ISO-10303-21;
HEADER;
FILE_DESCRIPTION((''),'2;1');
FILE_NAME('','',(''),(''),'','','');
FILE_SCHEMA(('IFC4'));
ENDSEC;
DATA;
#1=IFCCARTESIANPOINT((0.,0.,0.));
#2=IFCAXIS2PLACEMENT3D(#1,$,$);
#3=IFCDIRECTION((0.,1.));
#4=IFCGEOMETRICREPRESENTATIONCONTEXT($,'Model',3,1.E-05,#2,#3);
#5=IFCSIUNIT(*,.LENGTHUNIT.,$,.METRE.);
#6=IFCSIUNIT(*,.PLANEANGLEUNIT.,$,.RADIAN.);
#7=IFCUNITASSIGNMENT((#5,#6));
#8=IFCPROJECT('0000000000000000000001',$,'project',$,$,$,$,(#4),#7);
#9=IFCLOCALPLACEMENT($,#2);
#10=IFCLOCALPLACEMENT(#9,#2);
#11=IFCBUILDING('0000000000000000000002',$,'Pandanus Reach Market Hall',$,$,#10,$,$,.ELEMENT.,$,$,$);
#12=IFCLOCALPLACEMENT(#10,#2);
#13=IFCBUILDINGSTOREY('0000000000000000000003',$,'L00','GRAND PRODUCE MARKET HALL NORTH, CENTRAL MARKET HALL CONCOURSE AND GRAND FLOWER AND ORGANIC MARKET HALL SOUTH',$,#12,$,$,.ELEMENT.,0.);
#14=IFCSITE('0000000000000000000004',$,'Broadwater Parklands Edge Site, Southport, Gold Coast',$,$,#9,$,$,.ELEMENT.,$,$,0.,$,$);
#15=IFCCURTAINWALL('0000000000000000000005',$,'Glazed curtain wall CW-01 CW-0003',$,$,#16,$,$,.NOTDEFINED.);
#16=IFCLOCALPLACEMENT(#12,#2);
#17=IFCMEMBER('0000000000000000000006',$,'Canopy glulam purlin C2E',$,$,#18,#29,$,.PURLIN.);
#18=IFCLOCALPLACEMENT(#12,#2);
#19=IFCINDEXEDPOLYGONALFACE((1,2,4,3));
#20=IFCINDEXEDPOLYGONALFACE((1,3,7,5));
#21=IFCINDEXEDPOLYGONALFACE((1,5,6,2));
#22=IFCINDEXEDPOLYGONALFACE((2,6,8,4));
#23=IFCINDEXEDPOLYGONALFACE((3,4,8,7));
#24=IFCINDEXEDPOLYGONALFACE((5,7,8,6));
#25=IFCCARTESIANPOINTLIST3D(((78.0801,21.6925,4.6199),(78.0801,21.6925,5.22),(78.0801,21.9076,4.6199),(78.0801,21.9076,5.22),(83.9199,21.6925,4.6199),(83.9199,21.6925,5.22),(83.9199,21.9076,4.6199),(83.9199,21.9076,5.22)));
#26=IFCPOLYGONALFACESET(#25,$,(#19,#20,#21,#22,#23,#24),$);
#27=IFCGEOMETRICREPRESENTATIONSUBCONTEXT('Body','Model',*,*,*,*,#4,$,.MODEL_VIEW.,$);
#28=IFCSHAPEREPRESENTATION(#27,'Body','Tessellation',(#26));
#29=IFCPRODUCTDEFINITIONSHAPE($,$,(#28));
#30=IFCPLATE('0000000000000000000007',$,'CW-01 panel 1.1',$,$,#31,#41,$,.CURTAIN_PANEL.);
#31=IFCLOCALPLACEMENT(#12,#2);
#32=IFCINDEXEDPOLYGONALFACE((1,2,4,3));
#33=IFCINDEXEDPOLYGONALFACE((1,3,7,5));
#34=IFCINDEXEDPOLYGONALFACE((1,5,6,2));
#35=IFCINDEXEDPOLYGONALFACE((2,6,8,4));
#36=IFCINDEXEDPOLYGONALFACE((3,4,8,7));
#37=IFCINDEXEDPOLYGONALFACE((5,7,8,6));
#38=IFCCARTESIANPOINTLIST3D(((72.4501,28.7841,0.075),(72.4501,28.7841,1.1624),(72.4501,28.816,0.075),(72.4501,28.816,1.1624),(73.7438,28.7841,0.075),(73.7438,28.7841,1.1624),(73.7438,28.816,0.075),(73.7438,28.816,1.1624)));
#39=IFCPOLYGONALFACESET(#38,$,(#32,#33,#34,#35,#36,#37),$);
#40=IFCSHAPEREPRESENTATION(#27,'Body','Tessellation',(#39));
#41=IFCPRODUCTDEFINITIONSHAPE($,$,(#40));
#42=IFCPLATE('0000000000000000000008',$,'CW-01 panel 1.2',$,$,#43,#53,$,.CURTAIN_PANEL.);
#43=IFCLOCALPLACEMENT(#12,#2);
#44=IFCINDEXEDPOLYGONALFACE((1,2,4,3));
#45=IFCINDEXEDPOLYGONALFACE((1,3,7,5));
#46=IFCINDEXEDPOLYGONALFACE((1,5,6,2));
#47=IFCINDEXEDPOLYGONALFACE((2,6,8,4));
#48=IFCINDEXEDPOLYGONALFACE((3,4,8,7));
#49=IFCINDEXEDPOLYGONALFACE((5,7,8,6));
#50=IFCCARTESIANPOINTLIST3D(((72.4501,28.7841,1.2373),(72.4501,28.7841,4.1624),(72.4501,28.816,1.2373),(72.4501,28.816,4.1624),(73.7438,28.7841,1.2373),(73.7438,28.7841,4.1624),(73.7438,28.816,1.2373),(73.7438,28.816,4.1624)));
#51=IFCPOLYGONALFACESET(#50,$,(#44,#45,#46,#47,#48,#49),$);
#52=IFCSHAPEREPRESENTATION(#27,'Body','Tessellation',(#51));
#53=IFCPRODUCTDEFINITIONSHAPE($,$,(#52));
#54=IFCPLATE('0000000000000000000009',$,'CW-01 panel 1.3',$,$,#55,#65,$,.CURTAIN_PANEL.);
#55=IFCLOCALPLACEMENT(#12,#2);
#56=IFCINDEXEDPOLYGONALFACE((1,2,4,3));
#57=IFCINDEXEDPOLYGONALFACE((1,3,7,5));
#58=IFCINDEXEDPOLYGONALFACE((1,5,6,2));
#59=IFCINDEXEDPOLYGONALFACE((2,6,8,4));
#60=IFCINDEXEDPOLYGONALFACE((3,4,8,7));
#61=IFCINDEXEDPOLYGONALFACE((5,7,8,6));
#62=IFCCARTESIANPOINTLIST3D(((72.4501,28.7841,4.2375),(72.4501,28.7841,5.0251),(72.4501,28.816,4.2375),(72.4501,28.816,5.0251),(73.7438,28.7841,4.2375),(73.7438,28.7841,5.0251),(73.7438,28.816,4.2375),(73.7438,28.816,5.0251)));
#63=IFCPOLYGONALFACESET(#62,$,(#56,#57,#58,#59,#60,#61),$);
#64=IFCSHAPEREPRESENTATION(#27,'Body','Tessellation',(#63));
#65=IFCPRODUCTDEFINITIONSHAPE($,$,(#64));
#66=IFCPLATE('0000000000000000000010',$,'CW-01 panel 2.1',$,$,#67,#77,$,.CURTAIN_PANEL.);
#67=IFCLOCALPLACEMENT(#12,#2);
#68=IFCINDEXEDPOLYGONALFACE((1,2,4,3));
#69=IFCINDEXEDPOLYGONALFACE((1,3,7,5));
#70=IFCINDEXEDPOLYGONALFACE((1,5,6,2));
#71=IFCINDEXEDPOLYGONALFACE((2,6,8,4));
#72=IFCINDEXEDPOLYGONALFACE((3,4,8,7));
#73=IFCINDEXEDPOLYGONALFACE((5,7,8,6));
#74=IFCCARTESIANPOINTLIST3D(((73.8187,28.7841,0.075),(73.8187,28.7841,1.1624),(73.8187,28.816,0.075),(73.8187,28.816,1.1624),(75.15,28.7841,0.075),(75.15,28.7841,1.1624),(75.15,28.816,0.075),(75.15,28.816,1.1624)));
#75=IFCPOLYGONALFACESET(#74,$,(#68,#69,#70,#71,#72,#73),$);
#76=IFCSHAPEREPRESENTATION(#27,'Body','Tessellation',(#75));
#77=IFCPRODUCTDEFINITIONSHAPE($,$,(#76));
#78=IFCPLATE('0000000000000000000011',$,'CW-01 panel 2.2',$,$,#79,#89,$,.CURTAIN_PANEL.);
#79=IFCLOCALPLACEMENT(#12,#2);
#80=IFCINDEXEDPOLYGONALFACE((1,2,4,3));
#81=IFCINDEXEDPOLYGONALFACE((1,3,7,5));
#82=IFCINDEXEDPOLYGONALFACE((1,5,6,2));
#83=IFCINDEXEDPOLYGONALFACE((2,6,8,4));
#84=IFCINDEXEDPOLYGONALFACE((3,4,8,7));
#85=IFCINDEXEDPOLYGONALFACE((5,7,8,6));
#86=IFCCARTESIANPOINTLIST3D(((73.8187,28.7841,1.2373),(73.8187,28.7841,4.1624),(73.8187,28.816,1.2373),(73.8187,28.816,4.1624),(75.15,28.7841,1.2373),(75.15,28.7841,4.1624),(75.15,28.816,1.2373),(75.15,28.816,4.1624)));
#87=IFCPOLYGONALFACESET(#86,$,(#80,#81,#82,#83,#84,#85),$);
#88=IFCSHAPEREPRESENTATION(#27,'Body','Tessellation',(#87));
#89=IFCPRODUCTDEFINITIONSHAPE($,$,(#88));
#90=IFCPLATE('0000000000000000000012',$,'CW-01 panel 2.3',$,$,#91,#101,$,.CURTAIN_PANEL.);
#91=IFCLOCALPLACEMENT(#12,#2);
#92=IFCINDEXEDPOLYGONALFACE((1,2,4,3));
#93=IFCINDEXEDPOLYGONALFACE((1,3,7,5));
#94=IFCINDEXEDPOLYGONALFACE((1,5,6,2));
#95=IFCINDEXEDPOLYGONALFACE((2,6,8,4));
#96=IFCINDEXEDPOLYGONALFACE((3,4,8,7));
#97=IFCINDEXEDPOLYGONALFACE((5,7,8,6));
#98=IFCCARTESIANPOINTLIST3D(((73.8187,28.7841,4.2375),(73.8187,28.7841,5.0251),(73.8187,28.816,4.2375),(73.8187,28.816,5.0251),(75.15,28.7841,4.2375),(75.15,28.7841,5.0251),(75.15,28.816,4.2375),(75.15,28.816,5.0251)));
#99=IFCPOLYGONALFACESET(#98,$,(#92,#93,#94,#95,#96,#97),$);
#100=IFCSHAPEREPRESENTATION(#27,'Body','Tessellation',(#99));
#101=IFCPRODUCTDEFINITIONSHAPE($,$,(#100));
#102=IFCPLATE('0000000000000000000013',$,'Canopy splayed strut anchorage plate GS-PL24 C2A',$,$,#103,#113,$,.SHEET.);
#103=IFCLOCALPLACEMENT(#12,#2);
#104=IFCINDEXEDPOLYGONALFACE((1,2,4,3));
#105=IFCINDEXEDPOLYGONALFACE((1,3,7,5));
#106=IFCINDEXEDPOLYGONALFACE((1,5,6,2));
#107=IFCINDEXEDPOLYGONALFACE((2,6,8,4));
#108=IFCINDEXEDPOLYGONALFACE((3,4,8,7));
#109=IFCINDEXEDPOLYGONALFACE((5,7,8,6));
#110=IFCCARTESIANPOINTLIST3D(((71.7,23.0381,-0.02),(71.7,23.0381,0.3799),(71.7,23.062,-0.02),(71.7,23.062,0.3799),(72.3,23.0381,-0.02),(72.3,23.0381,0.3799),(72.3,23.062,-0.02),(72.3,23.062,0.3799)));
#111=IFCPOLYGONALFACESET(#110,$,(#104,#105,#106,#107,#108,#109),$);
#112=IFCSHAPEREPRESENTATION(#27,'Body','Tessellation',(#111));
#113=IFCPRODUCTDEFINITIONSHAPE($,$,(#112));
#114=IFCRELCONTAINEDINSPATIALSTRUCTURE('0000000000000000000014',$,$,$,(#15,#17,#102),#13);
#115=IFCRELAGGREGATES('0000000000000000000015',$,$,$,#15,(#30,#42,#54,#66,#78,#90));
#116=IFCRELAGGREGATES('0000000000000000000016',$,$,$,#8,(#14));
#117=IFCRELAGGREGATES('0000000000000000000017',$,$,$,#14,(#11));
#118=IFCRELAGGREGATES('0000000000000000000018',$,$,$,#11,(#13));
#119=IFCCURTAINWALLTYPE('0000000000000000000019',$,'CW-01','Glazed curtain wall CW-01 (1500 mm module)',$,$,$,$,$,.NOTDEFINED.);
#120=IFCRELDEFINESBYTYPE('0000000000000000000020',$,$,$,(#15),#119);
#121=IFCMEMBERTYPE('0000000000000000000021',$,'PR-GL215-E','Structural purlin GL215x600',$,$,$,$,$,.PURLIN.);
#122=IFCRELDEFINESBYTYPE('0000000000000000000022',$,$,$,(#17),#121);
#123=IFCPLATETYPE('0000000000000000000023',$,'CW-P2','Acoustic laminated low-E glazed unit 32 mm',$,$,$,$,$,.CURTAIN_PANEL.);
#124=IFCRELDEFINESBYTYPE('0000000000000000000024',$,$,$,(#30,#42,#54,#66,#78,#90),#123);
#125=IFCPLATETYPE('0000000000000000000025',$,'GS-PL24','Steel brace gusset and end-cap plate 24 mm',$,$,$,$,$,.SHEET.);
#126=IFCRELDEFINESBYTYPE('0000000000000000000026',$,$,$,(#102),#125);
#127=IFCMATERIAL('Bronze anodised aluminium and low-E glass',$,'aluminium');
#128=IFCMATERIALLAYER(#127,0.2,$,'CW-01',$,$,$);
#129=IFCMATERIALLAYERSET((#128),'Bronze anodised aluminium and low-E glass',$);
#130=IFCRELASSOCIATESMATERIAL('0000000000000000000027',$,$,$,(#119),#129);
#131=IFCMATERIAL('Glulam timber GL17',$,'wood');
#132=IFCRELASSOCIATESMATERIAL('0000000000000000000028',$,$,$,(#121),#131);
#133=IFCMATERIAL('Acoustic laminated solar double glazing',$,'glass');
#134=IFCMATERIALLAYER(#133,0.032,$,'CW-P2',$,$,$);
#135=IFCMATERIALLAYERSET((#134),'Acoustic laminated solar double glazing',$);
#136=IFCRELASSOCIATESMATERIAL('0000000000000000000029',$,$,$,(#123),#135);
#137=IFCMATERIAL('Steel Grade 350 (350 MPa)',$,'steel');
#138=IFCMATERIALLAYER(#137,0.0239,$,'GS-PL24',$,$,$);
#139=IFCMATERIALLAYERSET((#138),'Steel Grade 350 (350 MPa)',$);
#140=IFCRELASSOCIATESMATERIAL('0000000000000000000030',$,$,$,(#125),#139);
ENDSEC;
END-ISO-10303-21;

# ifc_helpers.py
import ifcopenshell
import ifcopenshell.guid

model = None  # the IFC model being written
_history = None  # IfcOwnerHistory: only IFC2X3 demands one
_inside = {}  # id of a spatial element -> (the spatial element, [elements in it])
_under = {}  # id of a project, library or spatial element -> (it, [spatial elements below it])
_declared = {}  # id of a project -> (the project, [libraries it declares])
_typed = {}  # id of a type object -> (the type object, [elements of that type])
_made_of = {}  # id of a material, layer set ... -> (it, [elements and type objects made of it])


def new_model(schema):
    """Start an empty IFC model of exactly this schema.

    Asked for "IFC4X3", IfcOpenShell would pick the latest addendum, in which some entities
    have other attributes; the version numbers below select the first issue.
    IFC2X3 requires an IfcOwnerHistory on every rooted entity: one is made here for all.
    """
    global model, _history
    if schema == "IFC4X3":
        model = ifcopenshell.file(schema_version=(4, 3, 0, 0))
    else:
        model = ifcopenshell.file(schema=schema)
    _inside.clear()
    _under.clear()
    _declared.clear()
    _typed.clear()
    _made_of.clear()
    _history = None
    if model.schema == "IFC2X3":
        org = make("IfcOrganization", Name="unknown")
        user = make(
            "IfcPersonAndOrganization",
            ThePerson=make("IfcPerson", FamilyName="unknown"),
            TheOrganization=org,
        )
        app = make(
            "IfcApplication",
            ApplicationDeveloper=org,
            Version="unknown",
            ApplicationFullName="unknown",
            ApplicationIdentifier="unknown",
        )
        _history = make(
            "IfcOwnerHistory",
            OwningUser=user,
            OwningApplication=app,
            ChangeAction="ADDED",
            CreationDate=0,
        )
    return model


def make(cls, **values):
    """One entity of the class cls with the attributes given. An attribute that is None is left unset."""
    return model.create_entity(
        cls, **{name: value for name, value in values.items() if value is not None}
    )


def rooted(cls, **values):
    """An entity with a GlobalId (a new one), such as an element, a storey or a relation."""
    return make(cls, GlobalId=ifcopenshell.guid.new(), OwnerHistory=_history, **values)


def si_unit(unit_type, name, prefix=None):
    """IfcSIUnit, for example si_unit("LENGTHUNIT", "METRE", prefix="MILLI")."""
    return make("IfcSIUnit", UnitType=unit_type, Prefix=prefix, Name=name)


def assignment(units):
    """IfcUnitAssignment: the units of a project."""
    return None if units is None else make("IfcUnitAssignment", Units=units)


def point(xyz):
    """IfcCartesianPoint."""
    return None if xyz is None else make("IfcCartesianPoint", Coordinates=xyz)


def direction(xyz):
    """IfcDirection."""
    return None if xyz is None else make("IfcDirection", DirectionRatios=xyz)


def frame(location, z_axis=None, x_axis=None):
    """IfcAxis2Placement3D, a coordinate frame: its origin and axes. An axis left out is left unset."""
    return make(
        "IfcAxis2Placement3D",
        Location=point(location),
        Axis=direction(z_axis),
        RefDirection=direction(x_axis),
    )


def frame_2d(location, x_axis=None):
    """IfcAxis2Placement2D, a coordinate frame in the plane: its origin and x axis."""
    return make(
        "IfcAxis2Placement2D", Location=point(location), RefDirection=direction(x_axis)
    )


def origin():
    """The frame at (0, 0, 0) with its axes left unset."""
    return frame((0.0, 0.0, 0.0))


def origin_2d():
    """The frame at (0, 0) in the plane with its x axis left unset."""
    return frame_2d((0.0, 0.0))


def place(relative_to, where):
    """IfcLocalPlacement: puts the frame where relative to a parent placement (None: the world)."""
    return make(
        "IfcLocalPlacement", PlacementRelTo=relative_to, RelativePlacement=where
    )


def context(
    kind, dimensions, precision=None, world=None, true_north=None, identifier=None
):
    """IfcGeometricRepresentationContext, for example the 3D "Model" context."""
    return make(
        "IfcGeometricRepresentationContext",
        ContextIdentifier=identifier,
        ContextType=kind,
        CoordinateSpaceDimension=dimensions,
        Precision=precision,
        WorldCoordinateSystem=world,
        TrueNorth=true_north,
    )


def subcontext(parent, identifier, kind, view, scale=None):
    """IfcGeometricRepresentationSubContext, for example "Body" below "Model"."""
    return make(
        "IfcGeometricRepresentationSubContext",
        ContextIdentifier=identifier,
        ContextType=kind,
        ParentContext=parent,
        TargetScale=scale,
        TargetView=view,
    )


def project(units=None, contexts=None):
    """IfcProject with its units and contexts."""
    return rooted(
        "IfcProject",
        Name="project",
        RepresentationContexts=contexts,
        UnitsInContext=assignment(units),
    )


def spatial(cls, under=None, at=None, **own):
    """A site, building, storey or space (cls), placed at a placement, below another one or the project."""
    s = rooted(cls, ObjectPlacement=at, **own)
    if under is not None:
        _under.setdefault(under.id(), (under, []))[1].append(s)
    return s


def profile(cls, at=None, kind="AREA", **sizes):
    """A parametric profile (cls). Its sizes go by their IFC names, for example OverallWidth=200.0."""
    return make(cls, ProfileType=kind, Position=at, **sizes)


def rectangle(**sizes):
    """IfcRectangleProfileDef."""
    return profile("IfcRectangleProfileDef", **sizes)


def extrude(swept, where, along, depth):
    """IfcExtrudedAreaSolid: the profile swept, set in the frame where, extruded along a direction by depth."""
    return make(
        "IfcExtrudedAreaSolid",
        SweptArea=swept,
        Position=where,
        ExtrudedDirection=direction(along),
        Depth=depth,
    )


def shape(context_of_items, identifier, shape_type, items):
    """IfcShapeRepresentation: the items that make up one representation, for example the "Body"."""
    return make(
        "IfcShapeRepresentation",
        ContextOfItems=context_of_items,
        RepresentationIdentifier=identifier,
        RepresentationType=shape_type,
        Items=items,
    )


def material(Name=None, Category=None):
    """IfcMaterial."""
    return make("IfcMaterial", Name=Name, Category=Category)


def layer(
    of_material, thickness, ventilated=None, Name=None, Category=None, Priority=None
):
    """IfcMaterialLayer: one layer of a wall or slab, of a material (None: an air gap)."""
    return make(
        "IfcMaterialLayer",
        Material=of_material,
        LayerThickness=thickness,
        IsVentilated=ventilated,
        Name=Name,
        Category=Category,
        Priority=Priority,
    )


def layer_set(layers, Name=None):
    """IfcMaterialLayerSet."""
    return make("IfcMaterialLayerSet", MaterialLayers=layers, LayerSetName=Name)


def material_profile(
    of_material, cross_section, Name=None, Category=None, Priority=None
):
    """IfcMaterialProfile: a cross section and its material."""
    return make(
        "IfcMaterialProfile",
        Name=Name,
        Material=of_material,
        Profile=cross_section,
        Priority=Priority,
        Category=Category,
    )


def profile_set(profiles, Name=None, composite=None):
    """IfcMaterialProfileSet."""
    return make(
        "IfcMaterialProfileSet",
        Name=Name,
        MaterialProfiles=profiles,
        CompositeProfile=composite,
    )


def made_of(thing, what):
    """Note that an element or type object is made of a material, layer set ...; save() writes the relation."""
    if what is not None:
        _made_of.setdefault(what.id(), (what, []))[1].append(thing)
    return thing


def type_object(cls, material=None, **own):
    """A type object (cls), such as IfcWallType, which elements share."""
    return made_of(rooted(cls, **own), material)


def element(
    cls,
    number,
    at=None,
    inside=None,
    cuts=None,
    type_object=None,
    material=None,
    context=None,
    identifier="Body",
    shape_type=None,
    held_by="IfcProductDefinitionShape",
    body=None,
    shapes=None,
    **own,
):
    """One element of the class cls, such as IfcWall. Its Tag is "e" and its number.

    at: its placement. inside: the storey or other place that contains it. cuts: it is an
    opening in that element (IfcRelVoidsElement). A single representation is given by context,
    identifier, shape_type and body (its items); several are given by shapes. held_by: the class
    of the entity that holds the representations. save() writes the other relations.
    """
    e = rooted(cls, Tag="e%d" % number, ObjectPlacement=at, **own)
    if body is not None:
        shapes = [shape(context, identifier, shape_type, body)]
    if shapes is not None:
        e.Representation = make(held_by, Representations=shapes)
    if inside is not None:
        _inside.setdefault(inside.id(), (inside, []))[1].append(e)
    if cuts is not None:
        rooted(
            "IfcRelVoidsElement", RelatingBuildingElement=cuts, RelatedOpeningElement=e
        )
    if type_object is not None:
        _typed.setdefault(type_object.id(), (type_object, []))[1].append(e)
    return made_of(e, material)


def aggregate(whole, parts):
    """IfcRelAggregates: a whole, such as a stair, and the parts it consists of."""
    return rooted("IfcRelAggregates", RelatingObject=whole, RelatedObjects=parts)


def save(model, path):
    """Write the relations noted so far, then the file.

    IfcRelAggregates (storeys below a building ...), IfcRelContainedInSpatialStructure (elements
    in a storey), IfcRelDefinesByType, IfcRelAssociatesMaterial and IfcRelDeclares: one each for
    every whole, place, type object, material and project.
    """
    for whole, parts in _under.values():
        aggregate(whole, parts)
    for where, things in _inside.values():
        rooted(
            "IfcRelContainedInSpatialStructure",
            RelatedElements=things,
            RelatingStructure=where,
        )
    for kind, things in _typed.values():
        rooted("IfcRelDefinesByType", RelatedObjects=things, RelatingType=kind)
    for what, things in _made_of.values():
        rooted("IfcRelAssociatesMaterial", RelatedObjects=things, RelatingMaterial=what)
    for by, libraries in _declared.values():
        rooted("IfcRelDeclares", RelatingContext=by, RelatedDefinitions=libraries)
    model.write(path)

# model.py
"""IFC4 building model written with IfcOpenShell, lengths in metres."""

from ifc_helpers import new_model, si_unit, direction, frame, origin, origin_2d, place, context, subcontext, project, spatial, rectangle, extrude, material, layer, layer_set, material_profile, profile_set, type_object, element, aggregate, save


model = new_model("IFC4")

# Units and contexts
model_context = context("Model", 3, precision=1e-05, world=origin(), true_north=direction((0.0, 1.0)))
body_context = subcontext(model_context, "Body", "Model", "MODEL_VIEW")
ifc_project = project(units=[si_unit("LENGTHUNIT", "METRE"), si_unit("PLANEANGLEUNIT", "RADIAN")], contexts=[model_context])

# Site, building, storey
site_placement = place(None, origin())
site = spatial("IfcSite", under=ifc_project, at=site_placement, Name="Broadwater Parklands Edge Site, Southport, Gold Coast", CompositionType="ELEMENT", RefElevation=0.0)
building_placement = place(site_placement, origin())
building = spatial("IfcBuilding", under=site, at=building_placement, Name="Pandanus Reach Market Hall", CompositionType="ELEMENT")
storey_placement = place(building_placement, origin())
storey = spatial("IfcBuildingStorey", under=building, at=storey_placement, Name="L00", Description="GRAND PRODUCE MARKET HALL NORTH, CENTRAL MARKET HALL CONCOURSE AND GRAND FLOWER AND ORGANIC MARKET HALL SOUTH", CompositionType="ELEMENT", Elevation=0.0)

# Shared definitions
ifc_material_1 = material(Name="Steel Grade 350 (350 MPa)", Category="steel")

# Curtain wall
ifc_material_2 = material(Name="Bronze anodised aluminium and low-E glass", Category="aluminium")
ifc_layer_1 = layer(ifc_material_2, 0.2, Name="CW-01")
ifc_layer_set_1 = layer_set([ifc_layer_1], Name="Bronze anodised aluminium and low-E glass")
curtain_wall_type = type_object("IfcCurtainWallType", Name="CW-01", Description="Glazed curtain wall CW-01 (1500 mm module)", PredefinedType="NOTDEFINED", material=ifc_layer_set_1)
curtain_wall_placement = place(storey_placement, origin())
curtain_wall = element("IfcCurtainWall", 1, at=curtain_wall_placement, inside=storey, type_object=curtain_wall_type, Name="Glazed curtain wall CW-01 CW-0003", PredefinedType="NOTDEFINED")

# Member
ifc_material_3 = material(Name="Glulam timber GL17", Category="wood")
ifc_material_profile_1 = material_profile(ifc_material_3, rectangle(XDim=0.2151, YDim=0.6001, at=origin_2d()), Name="GL215x600", Category="LoadBearing")
ifc_profile_set_1 = profile_set([ifc_material_profile_1], Name="Glulam timber GL17")
member_type_1 = type_object("IfcMemberType", Name="PR-GL215-E", Description="Structural purlin GL215x600", PredefinedType="PURLIN", material=ifc_profile_set_1)
for number, where, z_axis, x_axis, name in (
    (2, (78.0801, 21.8, 4.9199), (1.0, 0.0, 0.0), (0.0, 1.0, 0.0), "Canopy glulam purlin C2E"),
):
    element("IfcMember", number, at=place(storey_placement, frame(where, z_axis=z_axis, x_axis=x_axis)), inside=storey, type_object=member_type_1, Name=name, PredefinedType="PURLIN", context=body_context, shape_type="SweptSolid", body=[
        extrude(rectangle(XDim=0.2151, YDim=0.6001, at=origin_2d()), origin(), (0.0, 0.0, 1.0), 5.8398),
    ])

# Plates
ifc_material_4 = material(Name="Acoustic laminated solar double glazing", Category="glass")
ifc_layer_2 = layer(ifc_material_4, 0.032, Name="CW-P2")
ifc_layer_set_2 = layer_set([ifc_layer_2], Name="Acoustic laminated solar double glazing")
plate_type_1 = type_object("IfcPlateType", Name="CW-P2", Description="Acoustic laminated low-E glazed unit 32 mm", PredefinedType="CURTAIN_PANEL", material=ifc_layer_set_2)
plate_1_placement = place(storey_placement, frame((73.0969, 28.8, 0.075), z_axis=(0.0, 0.0, 1.0), x_axis=(1.0, 0.0, 0.0)))
plate_1 = element("IfcPlate", 3, at=plate_1_placement, type_object=plate_type_1, Name="CW-01 panel 1.1", PredefinedType="CURTAIN_PANEL", context=body_context, shape_type="SweptSolid", body=[
    extrude(rectangle(XDim=1.2937, YDim=0.032, at=origin_2d()), origin(), (0.0, 0.0, 1.0), 1.0874),
])
plate_2_placement = place(storey_placement, frame((73.0969, 28.8, 1.2373), z_axis=(0.0, 0.0, 1.0), x_axis=(1.0, 0.0, 0.0)))
plate_2 = element("IfcPlate", 4, at=plate_2_placement, type_object=plate_type_1, Name="CW-01 panel 1.2", PredefinedType="CURTAIN_PANEL", context=body_context, shape_type="SweptSolid", body=[
    extrude(rectangle(XDim=1.2937, YDim=0.032, at=origin_2d()), origin(), (0.0, 0.0, 1.0), 2.925),
])
plate_3_placement = place(storey_placement, frame((73.0969, 28.8, 4.2375), z_axis=(0.0, 0.0, 1.0), x_axis=(1.0, 0.0, 0.0)))
plate_3 = element("IfcPlate", 5, at=plate_3_placement, type_object=plate_type_1, Name="CW-01 panel 1.3", PredefinedType="CURTAIN_PANEL", context=body_context, shape_type="SweptSolid", body=[
    extrude(rectangle(XDim=1.2937, YDim=0.032, at=origin_2d()), origin(), (0.0, 0.0, 1.0), 0.7876),
])
plate_4_placement = place(storey_placement, frame((74.4844, 28.8, 0.075), z_axis=(0.0, 0.0, 1.0), x_axis=(1.0, 0.0, 0.0)))
plate_4 = element("IfcPlate", 6, at=plate_4_placement, type_object=plate_type_1, Name="CW-01 panel 2.1", PredefinedType="CURTAIN_PANEL", context=body_context, shape_type="SweptSolid", body=[
    extrude(rectangle(XDim=1.3313, YDim=0.032, at=origin_2d()), origin(), (0.0, 0.0, 1.0), 1.0874),
])
plate_5_placement = place(storey_placement, frame((74.4844, 28.8, 1.2373), z_axis=(0.0, 0.0, 1.0), x_axis=(1.0, 0.0, 0.0)))
plate_5 = element("IfcPlate", 7, at=plate_5_placement, type_object=plate_type_1, Name="CW-01 panel 2.2", PredefinedType="CURTAIN_PANEL", context=body_context, shape_type="SweptSolid", body=[
    extrude(rectangle(XDim=1.3313, YDim=0.032, at=origin_2d()), origin(), (0.0, 0.0, 1.0), 2.925),
])
plate_6_placement = place(storey_placement, frame((74.4844, 28.8, 4.2375), z_axis=(0.0, 0.0, 1.0), x_axis=(1.0, 0.0, 0.0)))
plate_6 = element("IfcPlate", 8, at=plate_6_placement, type_object=plate_type_1, Name="CW-01 panel 2.3", PredefinedType="CURTAIN_PANEL", context=body_context, shape_type="SweptSolid", body=[
    extrude(rectangle(XDim=1.3313, YDim=0.032, at=origin_2d()), origin(), (0.0, 0.0, 1.0), 0.7876),
])
aggregate(curtain_wall, [plate_1, plate_2, plate_3, plate_4, plate_5, plate_6])
ifc_layer_3 = layer(ifc_material_1, 0.0239, Name="GS-PL24")
ifc_layer_set_3 = layer_set([ifc_layer_3], Name="Steel Grade 350 (350 MPa)")
plate_type_2 = type_object("IfcPlateType", Name="GS-PL24", Description="Steel brace gusset and end-cap plate 24 mm", PredefinedType="SHEET", material=ifc_layer_set_3)
plate_7_placement = place(storey_placement, frame((72.0, 23.05, -0.02), z_axis=(0.0, 0.0, 1.0), x_axis=(1.0, 0.0, 0.0)))
element("IfcPlate", 9, at=plate_7_placement, inside=storey, type_object=plate_type_2, Name="Canopy splayed strut anchorage plate GS-PL24 C2A", PredefinedType="SHEET", context=body_context, shape_type="SweptSolid", body=[
    extrude(rectangle(XDim=0.6001, YDim=0.0239, at=origin_2d()), origin(), (0.0, 0.0, 1.0), 0.3999),
])

save(model, "model.ifc")
